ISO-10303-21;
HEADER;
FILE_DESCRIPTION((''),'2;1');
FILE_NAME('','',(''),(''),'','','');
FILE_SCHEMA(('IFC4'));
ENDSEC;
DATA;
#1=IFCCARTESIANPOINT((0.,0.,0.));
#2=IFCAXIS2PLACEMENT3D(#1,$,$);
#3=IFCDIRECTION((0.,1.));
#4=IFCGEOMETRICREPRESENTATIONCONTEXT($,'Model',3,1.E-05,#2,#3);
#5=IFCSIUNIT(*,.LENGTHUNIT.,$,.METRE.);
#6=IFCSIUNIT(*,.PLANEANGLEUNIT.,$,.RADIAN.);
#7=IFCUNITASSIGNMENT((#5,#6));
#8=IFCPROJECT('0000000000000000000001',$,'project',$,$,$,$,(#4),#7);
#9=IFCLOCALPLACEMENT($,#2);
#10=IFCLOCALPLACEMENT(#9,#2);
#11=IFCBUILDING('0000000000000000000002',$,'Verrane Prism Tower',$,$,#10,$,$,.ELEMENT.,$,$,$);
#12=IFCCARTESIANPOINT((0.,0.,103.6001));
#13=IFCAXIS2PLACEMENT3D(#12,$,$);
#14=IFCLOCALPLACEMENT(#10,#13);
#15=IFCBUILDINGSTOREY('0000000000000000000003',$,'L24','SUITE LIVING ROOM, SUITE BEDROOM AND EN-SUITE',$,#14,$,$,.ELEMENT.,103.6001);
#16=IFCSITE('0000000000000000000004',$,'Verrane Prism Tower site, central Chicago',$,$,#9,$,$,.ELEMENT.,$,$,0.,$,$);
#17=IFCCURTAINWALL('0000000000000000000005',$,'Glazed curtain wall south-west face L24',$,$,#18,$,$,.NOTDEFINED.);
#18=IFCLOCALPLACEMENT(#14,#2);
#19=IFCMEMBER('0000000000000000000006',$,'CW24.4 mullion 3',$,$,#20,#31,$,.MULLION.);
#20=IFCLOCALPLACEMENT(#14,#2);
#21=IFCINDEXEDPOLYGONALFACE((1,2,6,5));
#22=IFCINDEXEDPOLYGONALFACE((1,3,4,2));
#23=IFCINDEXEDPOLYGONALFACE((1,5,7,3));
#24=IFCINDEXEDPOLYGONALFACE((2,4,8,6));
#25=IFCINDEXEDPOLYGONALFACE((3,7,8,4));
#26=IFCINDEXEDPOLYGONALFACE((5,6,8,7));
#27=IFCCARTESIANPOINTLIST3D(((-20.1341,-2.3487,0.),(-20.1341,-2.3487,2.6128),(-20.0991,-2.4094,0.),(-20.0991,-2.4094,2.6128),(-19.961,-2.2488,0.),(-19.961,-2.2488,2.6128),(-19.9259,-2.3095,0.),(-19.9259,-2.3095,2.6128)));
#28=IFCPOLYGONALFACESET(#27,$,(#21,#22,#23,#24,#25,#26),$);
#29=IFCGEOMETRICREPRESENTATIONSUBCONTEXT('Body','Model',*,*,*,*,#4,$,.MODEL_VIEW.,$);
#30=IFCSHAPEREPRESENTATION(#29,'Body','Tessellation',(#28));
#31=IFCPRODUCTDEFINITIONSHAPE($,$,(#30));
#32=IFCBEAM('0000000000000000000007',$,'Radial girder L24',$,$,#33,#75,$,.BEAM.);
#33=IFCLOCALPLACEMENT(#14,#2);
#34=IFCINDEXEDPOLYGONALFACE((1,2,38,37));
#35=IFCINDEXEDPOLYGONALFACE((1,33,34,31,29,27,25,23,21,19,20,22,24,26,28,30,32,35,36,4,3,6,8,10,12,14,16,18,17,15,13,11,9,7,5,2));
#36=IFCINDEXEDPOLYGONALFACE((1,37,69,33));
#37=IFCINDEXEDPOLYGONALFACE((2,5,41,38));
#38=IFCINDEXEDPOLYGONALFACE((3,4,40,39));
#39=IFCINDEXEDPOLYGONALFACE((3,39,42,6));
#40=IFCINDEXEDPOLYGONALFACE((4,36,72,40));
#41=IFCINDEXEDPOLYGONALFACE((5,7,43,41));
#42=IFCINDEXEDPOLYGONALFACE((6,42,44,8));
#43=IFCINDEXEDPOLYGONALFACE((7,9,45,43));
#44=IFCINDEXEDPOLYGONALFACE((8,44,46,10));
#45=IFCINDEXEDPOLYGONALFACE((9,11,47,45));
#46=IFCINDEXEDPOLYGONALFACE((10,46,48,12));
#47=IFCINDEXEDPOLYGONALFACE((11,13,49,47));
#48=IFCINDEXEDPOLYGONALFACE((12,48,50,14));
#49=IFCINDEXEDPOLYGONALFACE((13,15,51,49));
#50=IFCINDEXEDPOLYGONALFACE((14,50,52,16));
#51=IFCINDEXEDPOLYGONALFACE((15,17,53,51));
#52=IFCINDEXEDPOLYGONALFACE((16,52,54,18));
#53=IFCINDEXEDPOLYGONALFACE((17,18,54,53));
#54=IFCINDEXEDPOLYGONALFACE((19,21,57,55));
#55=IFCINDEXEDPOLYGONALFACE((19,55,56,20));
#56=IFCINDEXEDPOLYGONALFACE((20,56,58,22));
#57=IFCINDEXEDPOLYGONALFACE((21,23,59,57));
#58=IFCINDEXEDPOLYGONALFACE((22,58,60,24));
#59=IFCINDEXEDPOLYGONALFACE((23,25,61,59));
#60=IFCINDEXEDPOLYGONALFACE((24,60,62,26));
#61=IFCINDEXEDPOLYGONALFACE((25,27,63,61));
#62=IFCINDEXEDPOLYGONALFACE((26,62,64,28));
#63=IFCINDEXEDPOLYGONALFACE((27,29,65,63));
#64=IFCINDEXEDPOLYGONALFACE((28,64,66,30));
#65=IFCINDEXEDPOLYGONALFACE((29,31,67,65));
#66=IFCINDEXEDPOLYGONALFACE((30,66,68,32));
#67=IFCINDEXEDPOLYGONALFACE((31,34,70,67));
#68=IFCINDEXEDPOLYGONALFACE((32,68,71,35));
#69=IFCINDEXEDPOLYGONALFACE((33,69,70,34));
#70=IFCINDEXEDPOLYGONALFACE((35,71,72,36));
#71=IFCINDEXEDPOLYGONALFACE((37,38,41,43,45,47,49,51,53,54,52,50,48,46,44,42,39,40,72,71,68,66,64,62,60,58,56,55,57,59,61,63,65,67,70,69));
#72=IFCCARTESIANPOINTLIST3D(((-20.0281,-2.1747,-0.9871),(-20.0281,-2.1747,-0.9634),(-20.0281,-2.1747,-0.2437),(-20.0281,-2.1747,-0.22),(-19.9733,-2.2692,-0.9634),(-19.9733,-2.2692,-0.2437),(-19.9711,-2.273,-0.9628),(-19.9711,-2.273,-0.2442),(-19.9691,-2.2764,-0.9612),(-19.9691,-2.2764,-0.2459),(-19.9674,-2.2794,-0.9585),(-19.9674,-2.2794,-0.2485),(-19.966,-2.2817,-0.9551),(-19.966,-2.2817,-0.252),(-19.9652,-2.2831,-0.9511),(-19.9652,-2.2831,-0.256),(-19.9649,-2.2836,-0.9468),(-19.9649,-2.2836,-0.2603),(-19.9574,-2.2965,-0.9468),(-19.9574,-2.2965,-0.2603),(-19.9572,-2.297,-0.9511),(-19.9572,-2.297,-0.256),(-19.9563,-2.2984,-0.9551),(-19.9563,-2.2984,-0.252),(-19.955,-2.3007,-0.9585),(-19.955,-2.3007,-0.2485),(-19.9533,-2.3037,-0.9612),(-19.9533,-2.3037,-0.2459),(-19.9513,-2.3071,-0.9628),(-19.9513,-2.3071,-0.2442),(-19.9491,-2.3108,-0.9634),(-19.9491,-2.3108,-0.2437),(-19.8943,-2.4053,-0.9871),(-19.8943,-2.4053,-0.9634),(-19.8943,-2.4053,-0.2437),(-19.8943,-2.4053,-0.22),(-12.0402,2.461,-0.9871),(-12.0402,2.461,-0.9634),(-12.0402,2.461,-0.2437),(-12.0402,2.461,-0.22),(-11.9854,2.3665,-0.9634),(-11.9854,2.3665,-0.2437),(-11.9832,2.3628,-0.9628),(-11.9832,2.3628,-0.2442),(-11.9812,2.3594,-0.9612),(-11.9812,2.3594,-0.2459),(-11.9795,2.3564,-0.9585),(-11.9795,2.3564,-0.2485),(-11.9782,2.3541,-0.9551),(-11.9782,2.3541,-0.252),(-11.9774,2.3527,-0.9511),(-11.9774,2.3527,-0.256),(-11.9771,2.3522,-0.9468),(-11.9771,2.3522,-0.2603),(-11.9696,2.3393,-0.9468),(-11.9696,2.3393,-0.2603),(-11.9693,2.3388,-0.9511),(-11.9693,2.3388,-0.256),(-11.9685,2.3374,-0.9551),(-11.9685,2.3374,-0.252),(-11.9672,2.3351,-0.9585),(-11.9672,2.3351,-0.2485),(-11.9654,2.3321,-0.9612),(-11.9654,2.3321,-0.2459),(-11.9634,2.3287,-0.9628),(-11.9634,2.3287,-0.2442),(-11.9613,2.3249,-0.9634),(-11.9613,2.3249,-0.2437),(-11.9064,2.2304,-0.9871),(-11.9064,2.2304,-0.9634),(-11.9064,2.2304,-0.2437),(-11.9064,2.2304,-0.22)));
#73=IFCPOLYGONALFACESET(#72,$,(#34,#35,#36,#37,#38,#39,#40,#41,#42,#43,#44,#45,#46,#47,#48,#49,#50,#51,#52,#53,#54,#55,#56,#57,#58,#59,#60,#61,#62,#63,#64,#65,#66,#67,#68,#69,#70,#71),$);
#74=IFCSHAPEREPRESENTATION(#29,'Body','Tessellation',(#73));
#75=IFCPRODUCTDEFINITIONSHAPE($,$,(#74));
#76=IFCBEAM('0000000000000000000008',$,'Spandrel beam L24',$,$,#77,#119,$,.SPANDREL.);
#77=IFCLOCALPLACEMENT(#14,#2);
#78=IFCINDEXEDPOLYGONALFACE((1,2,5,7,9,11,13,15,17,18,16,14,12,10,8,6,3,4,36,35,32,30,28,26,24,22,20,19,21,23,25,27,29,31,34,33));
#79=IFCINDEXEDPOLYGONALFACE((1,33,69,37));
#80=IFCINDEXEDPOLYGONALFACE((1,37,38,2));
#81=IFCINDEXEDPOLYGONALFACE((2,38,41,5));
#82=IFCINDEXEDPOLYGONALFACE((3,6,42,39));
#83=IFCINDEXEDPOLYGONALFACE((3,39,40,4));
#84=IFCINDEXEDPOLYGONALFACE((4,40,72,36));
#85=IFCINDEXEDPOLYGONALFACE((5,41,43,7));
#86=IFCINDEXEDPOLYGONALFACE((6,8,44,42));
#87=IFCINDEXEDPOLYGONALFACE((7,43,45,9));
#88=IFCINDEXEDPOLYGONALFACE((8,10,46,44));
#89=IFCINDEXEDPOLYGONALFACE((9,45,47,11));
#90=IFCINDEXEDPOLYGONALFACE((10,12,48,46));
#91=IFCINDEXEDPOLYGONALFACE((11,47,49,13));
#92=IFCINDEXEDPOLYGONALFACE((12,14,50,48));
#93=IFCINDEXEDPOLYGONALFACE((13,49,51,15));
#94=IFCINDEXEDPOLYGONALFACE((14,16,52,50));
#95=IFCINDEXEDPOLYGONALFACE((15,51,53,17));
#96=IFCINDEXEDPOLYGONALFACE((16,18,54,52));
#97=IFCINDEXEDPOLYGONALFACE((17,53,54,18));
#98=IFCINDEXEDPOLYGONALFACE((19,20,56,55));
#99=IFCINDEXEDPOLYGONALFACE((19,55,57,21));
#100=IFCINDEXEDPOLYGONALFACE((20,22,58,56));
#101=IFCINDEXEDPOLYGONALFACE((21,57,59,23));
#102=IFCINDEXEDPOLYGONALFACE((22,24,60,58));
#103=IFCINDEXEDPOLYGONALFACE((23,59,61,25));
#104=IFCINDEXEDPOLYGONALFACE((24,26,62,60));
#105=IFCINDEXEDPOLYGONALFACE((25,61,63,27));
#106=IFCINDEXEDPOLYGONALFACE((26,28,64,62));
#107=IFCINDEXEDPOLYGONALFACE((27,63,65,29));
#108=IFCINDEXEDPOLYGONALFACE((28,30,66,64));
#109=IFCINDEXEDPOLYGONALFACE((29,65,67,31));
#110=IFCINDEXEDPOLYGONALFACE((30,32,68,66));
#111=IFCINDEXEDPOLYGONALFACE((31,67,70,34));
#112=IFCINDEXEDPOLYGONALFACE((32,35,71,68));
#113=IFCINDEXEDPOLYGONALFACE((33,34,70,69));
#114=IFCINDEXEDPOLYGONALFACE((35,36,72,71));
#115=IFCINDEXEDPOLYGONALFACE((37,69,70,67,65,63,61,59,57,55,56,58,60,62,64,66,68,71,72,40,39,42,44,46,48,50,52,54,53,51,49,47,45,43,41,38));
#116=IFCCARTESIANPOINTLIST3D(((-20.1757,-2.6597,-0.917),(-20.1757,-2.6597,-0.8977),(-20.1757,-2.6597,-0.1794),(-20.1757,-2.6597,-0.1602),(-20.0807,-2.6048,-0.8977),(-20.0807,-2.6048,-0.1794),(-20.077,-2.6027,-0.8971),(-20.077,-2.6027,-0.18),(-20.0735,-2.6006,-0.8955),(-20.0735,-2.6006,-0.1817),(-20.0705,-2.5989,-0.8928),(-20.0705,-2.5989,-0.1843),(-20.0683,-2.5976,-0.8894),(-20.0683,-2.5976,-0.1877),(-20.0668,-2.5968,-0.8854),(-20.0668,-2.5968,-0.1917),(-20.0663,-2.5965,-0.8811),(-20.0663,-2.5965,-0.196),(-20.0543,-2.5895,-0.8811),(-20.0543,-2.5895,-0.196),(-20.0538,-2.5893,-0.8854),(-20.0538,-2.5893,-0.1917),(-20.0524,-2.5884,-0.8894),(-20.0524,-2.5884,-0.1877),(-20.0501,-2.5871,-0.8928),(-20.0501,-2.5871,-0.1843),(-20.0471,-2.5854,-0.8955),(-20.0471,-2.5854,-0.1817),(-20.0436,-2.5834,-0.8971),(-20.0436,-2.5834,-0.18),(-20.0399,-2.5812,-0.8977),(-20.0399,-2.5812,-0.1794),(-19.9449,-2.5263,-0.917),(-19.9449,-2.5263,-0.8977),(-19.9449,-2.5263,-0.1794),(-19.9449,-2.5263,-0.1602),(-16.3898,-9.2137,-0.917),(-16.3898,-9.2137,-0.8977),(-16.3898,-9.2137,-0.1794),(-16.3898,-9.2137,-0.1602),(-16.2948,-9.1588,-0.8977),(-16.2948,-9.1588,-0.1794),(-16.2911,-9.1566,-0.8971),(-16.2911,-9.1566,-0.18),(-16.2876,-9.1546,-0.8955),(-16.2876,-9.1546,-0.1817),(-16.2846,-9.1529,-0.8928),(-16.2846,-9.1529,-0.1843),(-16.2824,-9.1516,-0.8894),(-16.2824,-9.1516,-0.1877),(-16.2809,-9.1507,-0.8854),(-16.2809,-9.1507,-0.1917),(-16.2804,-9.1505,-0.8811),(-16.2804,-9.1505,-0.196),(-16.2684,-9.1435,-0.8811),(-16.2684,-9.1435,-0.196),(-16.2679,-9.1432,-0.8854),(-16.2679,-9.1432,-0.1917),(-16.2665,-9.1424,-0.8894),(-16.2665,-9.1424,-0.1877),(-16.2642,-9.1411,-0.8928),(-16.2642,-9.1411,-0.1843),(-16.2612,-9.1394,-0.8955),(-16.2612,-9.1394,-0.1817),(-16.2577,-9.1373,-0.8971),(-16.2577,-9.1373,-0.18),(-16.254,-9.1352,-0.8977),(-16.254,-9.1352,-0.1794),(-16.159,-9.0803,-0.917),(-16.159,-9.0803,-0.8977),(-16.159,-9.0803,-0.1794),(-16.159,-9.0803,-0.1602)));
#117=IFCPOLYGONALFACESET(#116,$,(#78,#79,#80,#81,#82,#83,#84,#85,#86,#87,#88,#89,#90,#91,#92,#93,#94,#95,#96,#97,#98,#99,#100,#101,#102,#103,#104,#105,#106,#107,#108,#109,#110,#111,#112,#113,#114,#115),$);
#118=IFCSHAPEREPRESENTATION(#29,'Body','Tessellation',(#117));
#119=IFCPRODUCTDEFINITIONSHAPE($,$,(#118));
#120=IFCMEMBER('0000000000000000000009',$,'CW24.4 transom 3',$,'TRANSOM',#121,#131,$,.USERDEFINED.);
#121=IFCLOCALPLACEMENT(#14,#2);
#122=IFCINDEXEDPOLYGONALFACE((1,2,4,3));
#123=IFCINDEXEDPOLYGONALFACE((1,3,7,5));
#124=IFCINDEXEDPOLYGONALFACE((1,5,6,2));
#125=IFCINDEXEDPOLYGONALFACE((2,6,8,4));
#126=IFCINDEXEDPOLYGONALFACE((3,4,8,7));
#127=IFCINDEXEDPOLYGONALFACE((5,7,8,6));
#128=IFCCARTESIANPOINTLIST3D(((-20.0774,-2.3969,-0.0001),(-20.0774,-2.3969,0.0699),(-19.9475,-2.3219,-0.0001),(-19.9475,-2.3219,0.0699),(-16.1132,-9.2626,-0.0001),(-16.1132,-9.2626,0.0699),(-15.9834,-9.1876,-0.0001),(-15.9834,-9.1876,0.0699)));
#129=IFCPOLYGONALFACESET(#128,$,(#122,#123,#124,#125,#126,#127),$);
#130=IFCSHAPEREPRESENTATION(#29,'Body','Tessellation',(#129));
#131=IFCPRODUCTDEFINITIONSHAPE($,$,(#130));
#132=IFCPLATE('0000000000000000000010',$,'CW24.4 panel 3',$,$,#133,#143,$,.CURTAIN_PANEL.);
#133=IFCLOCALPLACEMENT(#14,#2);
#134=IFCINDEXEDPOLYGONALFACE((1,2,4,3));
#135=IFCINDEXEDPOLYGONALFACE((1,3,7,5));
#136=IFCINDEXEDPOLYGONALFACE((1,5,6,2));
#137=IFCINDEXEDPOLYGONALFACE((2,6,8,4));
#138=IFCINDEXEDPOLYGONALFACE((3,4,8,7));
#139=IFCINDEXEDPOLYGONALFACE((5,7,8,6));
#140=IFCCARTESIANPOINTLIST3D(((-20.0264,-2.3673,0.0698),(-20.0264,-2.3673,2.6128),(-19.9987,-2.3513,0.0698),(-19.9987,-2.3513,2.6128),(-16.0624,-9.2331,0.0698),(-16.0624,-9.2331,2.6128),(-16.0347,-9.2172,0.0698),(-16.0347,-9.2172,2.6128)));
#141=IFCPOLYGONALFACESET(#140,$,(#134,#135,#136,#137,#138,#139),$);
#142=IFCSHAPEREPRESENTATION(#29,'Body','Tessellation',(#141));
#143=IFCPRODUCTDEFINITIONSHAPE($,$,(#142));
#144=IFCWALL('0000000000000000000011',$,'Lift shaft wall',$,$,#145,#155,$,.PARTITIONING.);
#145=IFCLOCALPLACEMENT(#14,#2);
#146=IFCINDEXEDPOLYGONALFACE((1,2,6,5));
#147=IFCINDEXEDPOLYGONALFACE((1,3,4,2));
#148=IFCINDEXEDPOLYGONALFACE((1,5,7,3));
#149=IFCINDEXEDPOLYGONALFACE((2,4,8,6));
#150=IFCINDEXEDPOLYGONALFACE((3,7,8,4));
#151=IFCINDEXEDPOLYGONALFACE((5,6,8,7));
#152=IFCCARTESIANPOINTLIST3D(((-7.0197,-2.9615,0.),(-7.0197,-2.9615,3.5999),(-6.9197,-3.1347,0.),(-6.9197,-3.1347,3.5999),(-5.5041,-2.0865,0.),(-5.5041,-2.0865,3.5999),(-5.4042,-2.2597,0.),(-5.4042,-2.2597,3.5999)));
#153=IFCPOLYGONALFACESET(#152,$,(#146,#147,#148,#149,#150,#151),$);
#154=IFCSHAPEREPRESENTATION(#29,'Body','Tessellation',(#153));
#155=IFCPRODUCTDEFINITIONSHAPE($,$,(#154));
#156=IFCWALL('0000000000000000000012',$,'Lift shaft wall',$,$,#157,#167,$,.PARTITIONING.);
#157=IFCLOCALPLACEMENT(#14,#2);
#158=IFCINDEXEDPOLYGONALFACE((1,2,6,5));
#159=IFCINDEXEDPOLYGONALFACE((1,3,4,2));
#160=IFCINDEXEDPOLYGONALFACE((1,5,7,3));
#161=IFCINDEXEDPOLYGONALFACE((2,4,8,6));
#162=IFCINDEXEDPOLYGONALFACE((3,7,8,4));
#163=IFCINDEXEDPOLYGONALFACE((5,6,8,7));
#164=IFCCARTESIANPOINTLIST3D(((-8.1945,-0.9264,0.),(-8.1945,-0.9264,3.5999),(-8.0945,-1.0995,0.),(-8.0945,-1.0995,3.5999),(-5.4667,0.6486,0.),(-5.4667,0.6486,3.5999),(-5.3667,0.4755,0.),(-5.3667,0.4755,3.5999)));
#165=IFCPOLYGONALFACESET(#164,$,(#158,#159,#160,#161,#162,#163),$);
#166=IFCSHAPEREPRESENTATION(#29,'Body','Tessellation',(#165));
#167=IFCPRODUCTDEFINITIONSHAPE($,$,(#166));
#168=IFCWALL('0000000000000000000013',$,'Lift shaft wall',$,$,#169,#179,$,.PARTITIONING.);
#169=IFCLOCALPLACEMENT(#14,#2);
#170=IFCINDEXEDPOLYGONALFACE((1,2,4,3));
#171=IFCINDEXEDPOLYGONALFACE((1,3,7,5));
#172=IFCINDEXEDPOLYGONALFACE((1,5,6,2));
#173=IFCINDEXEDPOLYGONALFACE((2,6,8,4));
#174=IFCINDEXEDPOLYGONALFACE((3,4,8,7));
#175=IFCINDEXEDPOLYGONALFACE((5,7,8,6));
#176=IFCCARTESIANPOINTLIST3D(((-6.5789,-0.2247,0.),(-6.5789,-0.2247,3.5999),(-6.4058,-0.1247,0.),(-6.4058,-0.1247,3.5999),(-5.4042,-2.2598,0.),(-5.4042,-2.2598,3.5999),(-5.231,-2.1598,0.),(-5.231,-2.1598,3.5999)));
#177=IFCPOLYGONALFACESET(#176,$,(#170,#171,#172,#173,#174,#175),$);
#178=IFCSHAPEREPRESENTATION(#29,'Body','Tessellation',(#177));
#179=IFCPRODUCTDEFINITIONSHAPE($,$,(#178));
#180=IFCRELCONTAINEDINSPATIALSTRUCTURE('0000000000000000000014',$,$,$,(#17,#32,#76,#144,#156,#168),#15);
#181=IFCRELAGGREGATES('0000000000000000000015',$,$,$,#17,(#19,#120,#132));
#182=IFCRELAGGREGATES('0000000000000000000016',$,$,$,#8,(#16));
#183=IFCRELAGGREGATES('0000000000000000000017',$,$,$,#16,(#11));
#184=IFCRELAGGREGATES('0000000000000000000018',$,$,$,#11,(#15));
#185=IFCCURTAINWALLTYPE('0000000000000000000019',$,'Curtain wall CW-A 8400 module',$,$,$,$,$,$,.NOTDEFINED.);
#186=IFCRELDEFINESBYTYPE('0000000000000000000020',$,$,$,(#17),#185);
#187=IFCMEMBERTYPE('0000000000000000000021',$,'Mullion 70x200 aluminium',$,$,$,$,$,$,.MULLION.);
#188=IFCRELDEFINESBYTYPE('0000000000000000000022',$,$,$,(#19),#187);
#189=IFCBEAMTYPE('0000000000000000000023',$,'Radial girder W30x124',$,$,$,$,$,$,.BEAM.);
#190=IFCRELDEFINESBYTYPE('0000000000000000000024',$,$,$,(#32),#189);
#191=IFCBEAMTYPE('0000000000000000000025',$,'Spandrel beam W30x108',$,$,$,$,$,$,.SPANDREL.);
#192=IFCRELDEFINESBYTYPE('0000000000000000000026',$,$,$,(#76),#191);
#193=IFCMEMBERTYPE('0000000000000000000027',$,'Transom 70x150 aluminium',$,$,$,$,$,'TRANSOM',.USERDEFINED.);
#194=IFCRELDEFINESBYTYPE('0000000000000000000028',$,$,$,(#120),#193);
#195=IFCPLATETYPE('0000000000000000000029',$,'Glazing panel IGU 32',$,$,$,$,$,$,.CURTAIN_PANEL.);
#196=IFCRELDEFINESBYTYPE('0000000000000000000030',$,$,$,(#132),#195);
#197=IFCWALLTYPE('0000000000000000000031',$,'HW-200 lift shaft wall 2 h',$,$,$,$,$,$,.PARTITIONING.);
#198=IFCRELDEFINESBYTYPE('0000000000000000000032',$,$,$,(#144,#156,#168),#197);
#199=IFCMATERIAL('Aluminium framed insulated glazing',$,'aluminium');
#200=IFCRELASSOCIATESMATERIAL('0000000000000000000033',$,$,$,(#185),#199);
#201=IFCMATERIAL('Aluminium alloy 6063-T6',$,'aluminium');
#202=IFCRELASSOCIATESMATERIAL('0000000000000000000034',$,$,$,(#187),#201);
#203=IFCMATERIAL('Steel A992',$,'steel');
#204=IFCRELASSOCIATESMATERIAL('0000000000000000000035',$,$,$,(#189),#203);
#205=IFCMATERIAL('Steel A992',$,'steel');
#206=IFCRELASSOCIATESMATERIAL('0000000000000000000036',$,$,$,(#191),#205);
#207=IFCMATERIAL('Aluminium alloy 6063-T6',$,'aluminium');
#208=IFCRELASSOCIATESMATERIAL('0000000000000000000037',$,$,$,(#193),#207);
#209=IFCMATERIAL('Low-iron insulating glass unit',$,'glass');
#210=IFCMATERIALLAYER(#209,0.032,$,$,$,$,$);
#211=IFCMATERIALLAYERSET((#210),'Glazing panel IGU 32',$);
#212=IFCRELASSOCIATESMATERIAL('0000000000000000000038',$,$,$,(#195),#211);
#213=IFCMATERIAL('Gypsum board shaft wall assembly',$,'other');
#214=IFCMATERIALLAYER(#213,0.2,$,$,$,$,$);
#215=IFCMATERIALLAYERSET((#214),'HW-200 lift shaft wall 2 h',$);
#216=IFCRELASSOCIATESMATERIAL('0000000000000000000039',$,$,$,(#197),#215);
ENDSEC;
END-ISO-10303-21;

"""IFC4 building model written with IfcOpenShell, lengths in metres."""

from ifc_helpers import new_model, si_unit, direction, frame, frame_2d, origin, origin_2d, place, context, subcontext, project, spatial, rectangle, i_section, extrude, material, layer, layer_set, material_profile, profile_set, type_object, element, aggregate, save


model = new_model("IFC4")

# Units and contexts
model_context = context("Model", 3, precision=1e-05, world=origin(), true_north=direction((0.0, 1.0)))
body_context = subcontext(model_context, "Body", "Model", "MODEL_VIEW")
ifc_project = project(units=[si_unit("LENGTHUNIT", "METRE"), si_unit("PLANEANGLEUNIT", "RADIAN")], contexts=[model_context])

# Site, building, storey
site_placement = place(None, origin())
site = spatial("IfcSite", under=ifc_project, at=site_placement, Name="Verrane Prism Tower site, central Chicago", CompositionType="ELEMENT", RefElevation=0.0)
building_placement = place(site_placement, origin())
building = spatial("IfcBuilding", under=site, at=building_placement, Name="Verrane Prism Tower", CompositionType="ELEMENT")
storey_placement = place(building_placement, frame((0.0, 0.0, 103.6001)))
storey = spatial("IfcBuildingStorey", under=building, at=storey_placement, Name="L24", Description="SUITE LIVING ROOM, SUITE BEDROOM AND EN-SUITE", CompositionType="ELEMENT", Elevation=103.6001)

# Curtain wall, member
ifc_material_1 = material(Name="Aluminium framed insulated glazing", Category="aluminium")
curtain_wall_type = type_object("IfcCurtainWallType", Name="Curtain wall CW-A 8400 module", PredefinedType="NOTDEFINED", material=ifc_material_1)
curtain_wall_placement = place(storey_placement, origin())
curtain_wall = element("IfcCurtainWall", 1, at=curtain_wall_placement, inside=storey, type_object=curtain_wall_type, Name="Glazed curtain wall south-west face L24", PredefinedType="NOTDEFINED")
ifc_material_2 = material(Name="Aluminium alloy 6063-T6", Category="aluminium")
ifc_material_profile_1 = material_profile(ifc_material_2, rectangle(XDim=0.2, YDim=0.0701, at=origin_2d()), Name="Mullion 70x200 aluminium")
ifc_profile_set_1 = profile_set([ifc_material_profile_1], Name="Aluminium alloy 6063-T6")
member_type_1 = type_object("IfcMemberType", Name="Mullion 70x200 aluminium", PredefinedType="MULLION", material=ifc_profile_set_1)
member_1_placement = place(storey_placement, frame((-20.03, -2.3291, 0.0), z_axis=(0.0, 0.0, 1.0), x_axis=(0.866025, 0.5, 0.0)))
member_1 = element("IfcMember", 2, at=member_1_placement, type_object=member_type_1, Name="CW24.4 mullion 3", PredefinedType="MULLION", context=body_context, shape_type="SweptSolid", body=[
    extrude(rectangle(XDim=0.2, YDim=0.0701, at=origin_2d()), origin(), (0.0, 0.0, 1.0), 2.6128),
])

# Beams
ifc_material_3 = material(Name="Steel A992", Category="steel")
ifc_material_profile_2 = material_profile(ifc_material_3, i_section(OverallWidth=0.2666, OverallDepth=0.7671, WebThickness=0.0149, FlangeThickness=0.0237, FilletRadius=0.0166, at=origin_2d()), Name="W30x124")
ifc_profile_set_2 = profile_set([ifc_material_profile_2], Name="Steel A992")
beam_type_1 = type_object("IfcBeamType", Name="Radial girder W30x124", PredefinedType="BEAM", material=ifc_profile_set_2)
beam_1_placement = place(storey_placement, frame((-19.9612, -2.29, -0.6035), z_axis=(0.864899, 0.501947, 0.0), x_axis=(-0.501947, 0.864899, 0.0)))
element("IfcBeam", 3, at=beam_1_placement, inside=storey, type_object=beam_type_1, Name="Radial girder L24", PredefinedType="BEAM", context=body_context, shape_type="SweptSolid", body=[
    extrude(i_section(OverallWidth=0.2666, OverallDepth=0.7671, WebThickness=0.0149, FlangeThickness=0.0237, FilletRadius=0.0166, at=origin_2d()), origin(), (0.0, 0.0, 1.0), 9.2356),
])
ifc_material_4 = material(Name="Steel A992", Category="steel")
ifc_material_profile_3 = material_profile(ifc_material_4, i_section(OverallWidth=0.2666, OverallDepth=0.7568, WebThickness=0.0139, FlangeThickness=0.0193, FilletRadius=0.0166, at=origin_2d()), Name="W30x108")
ifc_profile_set_3 = profile_set([ifc_material_profile_3], Name="Steel A992")
beam_type_2 = type_object("IfcBeamType", Name="Spandrel beam W30x108", PredefinedType="SPANDREL", material=ifc_profile_set_3)
beam_2_placement = place(storey_placement, frame((-20.0603, -2.593, -0.5386), z_axis=(0.500194, -0.865913, 0.0), x_axis=(0.865913, 0.500194, 0.0)))
element("IfcBeam", 4, at=beam_2_placement, inside=storey, type_object=beam_type_2, Name="Spandrel beam L24", PredefinedType="SPANDREL", context=body_context, shape_type="SweptSolid", body=[
    extrude(i_section(OverallWidth=0.2666, OverallDepth=0.7568, WebThickness=0.0139, FlangeThickness=0.0193, FilletRadius=0.0166, at=origin_2d()), origin(), (0.0, 0.0, 1.0), 7.5688),
])

# Member
ifc_material_5 = material(Name="Aluminium alloy 6063-T6", Category="aluminium")
ifc_material_profile_4 = material_profile(ifc_material_5, rectangle(XDim=0.1499, YDim=0.0701, at=origin_2d()), Name="Transom 70x150 aluminium")
ifc_profile_set_4 = profile_set([ifc_material_profile_4], Name="Aluminium alloy 6063-T6")
member_type_2 = type_object("IfcMemberType", Name="Transom 70x150 aluminium", ElementType="TRANSOM", PredefinedType="USERDEFINED", material=ifc_profile_set_4)
member_2_placement = place(storey_placement, frame((-20.0125, -2.3594, 0.0349), z_axis=(0.500017, -0.866015, 0.0), x_axis=(0.866015, 0.500017, 0.0)))
member_2 = element("IfcMember", 5, at=member_2_placement, type_object=member_type_2, Name="CW24.4 transom 3", ObjectType="TRANSOM", PredefinedType="USERDEFINED", context=body_context, shape_type="SweptSolid", body=[
    extrude(rectangle(XDim=0.1499, YDim=0.0701, at=origin_2d()), origin(), (0.0, 0.0, 1.0), 7.928),
])

# Plate
ifc_material_6 = material(Name="Low-iron insulating glass unit", Category="glass")
ifc_layer_1 = layer(ifc_material_6, 0.032)
ifc_layer_set_1 = layer_set([ifc_layer_1], Name="Glazing panel IGU 32")
plate_type = type_object("IfcPlateType", Name="Glazing panel IGU 32", PredefinedType="CURTAIN_PANEL", material=ifc_layer_set_1)
plate_placement = place(storey_placement, frame((-18.0305, -5.7922, 0.0698), z_axis=(0.0, 0.0, 1.0), x_axis=(0.5, -0.866025, 0.0)))
plate = element("IfcPlate", 6, at=plate_placement, type_object=plate_type, Name="CW24.4 panel 3", PredefinedType="CURTAIN_PANEL", context=body_context, shape_type="SweptSolid", body=[
    extrude(rectangle(XDim=7.928, YDim=0.032, at=origin_2d()), origin(), (0.0, 0.0, 1.0), 2.543),
])
aggregate(curtain_wall, [member_1, member_2, plate])

# Walls
ifc_material_7 = material(Name="Gypsum board shaft wall assembly", Category="other")
ifc_layer_2 = layer(ifc_material_7, 0.2)
ifc_layer_set_2 = layer_set([ifc_layer_2], Name="HW-200 lift shaft wall 2 h")
wall_type_1 = type_object("IfcWallType", Name="HW-200 lift shaft wall 2 h", PredefinedType="PARTITIONING", material=ifc_layer_set_2)
wall_1_placement = place(storey_placement, frame((-6.9697, -3.0481, 0.0), z_axis=(0.0, 0.0, 1.0), x_axis=(0.866037, 0.49998, 0.0)))
element("IfcWall", 7, at=wall_1_placement, inside=storey, type_object=wall_type_1, Name="Lift shaft wall", PredefinedType="PARTITIONING", context=body_context, shape_type="SweptSolid", body=[
    extrude(rectangle(XDim=1.75, YDim=0.2, at=frame_2d((0.875, 0.0))), origin(), (0.0, 0.0, 1.0), 3.5999),
])
wall_2_placement = place(storey_placement, frame((-8.1445, -1.0129, 0.0), z_axis=(0.0, 0.0, 1.0), x_axis=(0.866016, 0.500015, 0.0)))
element("IfcWall", 8, at=wall_2_placement, inside=storey, type_object=wall_type_1, Name="Lift shaft wall", PredefinedType="PARTITIONING", context=body_context, shape_type="SweptSolid", body=[
    extrude(rectangle(XDim=3.1499, YDim=0.2, at=frame_2d((1.575, 0.0))), origin(), (0.0, 0.0, 1.0), 3.5999),
])
wall_3_placement = place(storey_placement, frame((-5.3176, -2.2097, 0.0), z_axis=(0.0, 0.0, 1.0), x_axis=(-0.499938, 0.866061, 0.0)))
element("IfcWall", 9, at=wall_3_placement, inside=storey, type_object=wall_type_1, Name="Lift shaft wall", PredefinedType="PARTITIONING", context=body_context, shape_type="SweptSolid", body=[
    extrude(rectangle(XDim=2.3499, YDim=0.2, at=frame_2d((1.1748, 0.0))), origin(), (0.0, 0.0, 1.0), 3.5999),
])

save(model, "model.ifc")
